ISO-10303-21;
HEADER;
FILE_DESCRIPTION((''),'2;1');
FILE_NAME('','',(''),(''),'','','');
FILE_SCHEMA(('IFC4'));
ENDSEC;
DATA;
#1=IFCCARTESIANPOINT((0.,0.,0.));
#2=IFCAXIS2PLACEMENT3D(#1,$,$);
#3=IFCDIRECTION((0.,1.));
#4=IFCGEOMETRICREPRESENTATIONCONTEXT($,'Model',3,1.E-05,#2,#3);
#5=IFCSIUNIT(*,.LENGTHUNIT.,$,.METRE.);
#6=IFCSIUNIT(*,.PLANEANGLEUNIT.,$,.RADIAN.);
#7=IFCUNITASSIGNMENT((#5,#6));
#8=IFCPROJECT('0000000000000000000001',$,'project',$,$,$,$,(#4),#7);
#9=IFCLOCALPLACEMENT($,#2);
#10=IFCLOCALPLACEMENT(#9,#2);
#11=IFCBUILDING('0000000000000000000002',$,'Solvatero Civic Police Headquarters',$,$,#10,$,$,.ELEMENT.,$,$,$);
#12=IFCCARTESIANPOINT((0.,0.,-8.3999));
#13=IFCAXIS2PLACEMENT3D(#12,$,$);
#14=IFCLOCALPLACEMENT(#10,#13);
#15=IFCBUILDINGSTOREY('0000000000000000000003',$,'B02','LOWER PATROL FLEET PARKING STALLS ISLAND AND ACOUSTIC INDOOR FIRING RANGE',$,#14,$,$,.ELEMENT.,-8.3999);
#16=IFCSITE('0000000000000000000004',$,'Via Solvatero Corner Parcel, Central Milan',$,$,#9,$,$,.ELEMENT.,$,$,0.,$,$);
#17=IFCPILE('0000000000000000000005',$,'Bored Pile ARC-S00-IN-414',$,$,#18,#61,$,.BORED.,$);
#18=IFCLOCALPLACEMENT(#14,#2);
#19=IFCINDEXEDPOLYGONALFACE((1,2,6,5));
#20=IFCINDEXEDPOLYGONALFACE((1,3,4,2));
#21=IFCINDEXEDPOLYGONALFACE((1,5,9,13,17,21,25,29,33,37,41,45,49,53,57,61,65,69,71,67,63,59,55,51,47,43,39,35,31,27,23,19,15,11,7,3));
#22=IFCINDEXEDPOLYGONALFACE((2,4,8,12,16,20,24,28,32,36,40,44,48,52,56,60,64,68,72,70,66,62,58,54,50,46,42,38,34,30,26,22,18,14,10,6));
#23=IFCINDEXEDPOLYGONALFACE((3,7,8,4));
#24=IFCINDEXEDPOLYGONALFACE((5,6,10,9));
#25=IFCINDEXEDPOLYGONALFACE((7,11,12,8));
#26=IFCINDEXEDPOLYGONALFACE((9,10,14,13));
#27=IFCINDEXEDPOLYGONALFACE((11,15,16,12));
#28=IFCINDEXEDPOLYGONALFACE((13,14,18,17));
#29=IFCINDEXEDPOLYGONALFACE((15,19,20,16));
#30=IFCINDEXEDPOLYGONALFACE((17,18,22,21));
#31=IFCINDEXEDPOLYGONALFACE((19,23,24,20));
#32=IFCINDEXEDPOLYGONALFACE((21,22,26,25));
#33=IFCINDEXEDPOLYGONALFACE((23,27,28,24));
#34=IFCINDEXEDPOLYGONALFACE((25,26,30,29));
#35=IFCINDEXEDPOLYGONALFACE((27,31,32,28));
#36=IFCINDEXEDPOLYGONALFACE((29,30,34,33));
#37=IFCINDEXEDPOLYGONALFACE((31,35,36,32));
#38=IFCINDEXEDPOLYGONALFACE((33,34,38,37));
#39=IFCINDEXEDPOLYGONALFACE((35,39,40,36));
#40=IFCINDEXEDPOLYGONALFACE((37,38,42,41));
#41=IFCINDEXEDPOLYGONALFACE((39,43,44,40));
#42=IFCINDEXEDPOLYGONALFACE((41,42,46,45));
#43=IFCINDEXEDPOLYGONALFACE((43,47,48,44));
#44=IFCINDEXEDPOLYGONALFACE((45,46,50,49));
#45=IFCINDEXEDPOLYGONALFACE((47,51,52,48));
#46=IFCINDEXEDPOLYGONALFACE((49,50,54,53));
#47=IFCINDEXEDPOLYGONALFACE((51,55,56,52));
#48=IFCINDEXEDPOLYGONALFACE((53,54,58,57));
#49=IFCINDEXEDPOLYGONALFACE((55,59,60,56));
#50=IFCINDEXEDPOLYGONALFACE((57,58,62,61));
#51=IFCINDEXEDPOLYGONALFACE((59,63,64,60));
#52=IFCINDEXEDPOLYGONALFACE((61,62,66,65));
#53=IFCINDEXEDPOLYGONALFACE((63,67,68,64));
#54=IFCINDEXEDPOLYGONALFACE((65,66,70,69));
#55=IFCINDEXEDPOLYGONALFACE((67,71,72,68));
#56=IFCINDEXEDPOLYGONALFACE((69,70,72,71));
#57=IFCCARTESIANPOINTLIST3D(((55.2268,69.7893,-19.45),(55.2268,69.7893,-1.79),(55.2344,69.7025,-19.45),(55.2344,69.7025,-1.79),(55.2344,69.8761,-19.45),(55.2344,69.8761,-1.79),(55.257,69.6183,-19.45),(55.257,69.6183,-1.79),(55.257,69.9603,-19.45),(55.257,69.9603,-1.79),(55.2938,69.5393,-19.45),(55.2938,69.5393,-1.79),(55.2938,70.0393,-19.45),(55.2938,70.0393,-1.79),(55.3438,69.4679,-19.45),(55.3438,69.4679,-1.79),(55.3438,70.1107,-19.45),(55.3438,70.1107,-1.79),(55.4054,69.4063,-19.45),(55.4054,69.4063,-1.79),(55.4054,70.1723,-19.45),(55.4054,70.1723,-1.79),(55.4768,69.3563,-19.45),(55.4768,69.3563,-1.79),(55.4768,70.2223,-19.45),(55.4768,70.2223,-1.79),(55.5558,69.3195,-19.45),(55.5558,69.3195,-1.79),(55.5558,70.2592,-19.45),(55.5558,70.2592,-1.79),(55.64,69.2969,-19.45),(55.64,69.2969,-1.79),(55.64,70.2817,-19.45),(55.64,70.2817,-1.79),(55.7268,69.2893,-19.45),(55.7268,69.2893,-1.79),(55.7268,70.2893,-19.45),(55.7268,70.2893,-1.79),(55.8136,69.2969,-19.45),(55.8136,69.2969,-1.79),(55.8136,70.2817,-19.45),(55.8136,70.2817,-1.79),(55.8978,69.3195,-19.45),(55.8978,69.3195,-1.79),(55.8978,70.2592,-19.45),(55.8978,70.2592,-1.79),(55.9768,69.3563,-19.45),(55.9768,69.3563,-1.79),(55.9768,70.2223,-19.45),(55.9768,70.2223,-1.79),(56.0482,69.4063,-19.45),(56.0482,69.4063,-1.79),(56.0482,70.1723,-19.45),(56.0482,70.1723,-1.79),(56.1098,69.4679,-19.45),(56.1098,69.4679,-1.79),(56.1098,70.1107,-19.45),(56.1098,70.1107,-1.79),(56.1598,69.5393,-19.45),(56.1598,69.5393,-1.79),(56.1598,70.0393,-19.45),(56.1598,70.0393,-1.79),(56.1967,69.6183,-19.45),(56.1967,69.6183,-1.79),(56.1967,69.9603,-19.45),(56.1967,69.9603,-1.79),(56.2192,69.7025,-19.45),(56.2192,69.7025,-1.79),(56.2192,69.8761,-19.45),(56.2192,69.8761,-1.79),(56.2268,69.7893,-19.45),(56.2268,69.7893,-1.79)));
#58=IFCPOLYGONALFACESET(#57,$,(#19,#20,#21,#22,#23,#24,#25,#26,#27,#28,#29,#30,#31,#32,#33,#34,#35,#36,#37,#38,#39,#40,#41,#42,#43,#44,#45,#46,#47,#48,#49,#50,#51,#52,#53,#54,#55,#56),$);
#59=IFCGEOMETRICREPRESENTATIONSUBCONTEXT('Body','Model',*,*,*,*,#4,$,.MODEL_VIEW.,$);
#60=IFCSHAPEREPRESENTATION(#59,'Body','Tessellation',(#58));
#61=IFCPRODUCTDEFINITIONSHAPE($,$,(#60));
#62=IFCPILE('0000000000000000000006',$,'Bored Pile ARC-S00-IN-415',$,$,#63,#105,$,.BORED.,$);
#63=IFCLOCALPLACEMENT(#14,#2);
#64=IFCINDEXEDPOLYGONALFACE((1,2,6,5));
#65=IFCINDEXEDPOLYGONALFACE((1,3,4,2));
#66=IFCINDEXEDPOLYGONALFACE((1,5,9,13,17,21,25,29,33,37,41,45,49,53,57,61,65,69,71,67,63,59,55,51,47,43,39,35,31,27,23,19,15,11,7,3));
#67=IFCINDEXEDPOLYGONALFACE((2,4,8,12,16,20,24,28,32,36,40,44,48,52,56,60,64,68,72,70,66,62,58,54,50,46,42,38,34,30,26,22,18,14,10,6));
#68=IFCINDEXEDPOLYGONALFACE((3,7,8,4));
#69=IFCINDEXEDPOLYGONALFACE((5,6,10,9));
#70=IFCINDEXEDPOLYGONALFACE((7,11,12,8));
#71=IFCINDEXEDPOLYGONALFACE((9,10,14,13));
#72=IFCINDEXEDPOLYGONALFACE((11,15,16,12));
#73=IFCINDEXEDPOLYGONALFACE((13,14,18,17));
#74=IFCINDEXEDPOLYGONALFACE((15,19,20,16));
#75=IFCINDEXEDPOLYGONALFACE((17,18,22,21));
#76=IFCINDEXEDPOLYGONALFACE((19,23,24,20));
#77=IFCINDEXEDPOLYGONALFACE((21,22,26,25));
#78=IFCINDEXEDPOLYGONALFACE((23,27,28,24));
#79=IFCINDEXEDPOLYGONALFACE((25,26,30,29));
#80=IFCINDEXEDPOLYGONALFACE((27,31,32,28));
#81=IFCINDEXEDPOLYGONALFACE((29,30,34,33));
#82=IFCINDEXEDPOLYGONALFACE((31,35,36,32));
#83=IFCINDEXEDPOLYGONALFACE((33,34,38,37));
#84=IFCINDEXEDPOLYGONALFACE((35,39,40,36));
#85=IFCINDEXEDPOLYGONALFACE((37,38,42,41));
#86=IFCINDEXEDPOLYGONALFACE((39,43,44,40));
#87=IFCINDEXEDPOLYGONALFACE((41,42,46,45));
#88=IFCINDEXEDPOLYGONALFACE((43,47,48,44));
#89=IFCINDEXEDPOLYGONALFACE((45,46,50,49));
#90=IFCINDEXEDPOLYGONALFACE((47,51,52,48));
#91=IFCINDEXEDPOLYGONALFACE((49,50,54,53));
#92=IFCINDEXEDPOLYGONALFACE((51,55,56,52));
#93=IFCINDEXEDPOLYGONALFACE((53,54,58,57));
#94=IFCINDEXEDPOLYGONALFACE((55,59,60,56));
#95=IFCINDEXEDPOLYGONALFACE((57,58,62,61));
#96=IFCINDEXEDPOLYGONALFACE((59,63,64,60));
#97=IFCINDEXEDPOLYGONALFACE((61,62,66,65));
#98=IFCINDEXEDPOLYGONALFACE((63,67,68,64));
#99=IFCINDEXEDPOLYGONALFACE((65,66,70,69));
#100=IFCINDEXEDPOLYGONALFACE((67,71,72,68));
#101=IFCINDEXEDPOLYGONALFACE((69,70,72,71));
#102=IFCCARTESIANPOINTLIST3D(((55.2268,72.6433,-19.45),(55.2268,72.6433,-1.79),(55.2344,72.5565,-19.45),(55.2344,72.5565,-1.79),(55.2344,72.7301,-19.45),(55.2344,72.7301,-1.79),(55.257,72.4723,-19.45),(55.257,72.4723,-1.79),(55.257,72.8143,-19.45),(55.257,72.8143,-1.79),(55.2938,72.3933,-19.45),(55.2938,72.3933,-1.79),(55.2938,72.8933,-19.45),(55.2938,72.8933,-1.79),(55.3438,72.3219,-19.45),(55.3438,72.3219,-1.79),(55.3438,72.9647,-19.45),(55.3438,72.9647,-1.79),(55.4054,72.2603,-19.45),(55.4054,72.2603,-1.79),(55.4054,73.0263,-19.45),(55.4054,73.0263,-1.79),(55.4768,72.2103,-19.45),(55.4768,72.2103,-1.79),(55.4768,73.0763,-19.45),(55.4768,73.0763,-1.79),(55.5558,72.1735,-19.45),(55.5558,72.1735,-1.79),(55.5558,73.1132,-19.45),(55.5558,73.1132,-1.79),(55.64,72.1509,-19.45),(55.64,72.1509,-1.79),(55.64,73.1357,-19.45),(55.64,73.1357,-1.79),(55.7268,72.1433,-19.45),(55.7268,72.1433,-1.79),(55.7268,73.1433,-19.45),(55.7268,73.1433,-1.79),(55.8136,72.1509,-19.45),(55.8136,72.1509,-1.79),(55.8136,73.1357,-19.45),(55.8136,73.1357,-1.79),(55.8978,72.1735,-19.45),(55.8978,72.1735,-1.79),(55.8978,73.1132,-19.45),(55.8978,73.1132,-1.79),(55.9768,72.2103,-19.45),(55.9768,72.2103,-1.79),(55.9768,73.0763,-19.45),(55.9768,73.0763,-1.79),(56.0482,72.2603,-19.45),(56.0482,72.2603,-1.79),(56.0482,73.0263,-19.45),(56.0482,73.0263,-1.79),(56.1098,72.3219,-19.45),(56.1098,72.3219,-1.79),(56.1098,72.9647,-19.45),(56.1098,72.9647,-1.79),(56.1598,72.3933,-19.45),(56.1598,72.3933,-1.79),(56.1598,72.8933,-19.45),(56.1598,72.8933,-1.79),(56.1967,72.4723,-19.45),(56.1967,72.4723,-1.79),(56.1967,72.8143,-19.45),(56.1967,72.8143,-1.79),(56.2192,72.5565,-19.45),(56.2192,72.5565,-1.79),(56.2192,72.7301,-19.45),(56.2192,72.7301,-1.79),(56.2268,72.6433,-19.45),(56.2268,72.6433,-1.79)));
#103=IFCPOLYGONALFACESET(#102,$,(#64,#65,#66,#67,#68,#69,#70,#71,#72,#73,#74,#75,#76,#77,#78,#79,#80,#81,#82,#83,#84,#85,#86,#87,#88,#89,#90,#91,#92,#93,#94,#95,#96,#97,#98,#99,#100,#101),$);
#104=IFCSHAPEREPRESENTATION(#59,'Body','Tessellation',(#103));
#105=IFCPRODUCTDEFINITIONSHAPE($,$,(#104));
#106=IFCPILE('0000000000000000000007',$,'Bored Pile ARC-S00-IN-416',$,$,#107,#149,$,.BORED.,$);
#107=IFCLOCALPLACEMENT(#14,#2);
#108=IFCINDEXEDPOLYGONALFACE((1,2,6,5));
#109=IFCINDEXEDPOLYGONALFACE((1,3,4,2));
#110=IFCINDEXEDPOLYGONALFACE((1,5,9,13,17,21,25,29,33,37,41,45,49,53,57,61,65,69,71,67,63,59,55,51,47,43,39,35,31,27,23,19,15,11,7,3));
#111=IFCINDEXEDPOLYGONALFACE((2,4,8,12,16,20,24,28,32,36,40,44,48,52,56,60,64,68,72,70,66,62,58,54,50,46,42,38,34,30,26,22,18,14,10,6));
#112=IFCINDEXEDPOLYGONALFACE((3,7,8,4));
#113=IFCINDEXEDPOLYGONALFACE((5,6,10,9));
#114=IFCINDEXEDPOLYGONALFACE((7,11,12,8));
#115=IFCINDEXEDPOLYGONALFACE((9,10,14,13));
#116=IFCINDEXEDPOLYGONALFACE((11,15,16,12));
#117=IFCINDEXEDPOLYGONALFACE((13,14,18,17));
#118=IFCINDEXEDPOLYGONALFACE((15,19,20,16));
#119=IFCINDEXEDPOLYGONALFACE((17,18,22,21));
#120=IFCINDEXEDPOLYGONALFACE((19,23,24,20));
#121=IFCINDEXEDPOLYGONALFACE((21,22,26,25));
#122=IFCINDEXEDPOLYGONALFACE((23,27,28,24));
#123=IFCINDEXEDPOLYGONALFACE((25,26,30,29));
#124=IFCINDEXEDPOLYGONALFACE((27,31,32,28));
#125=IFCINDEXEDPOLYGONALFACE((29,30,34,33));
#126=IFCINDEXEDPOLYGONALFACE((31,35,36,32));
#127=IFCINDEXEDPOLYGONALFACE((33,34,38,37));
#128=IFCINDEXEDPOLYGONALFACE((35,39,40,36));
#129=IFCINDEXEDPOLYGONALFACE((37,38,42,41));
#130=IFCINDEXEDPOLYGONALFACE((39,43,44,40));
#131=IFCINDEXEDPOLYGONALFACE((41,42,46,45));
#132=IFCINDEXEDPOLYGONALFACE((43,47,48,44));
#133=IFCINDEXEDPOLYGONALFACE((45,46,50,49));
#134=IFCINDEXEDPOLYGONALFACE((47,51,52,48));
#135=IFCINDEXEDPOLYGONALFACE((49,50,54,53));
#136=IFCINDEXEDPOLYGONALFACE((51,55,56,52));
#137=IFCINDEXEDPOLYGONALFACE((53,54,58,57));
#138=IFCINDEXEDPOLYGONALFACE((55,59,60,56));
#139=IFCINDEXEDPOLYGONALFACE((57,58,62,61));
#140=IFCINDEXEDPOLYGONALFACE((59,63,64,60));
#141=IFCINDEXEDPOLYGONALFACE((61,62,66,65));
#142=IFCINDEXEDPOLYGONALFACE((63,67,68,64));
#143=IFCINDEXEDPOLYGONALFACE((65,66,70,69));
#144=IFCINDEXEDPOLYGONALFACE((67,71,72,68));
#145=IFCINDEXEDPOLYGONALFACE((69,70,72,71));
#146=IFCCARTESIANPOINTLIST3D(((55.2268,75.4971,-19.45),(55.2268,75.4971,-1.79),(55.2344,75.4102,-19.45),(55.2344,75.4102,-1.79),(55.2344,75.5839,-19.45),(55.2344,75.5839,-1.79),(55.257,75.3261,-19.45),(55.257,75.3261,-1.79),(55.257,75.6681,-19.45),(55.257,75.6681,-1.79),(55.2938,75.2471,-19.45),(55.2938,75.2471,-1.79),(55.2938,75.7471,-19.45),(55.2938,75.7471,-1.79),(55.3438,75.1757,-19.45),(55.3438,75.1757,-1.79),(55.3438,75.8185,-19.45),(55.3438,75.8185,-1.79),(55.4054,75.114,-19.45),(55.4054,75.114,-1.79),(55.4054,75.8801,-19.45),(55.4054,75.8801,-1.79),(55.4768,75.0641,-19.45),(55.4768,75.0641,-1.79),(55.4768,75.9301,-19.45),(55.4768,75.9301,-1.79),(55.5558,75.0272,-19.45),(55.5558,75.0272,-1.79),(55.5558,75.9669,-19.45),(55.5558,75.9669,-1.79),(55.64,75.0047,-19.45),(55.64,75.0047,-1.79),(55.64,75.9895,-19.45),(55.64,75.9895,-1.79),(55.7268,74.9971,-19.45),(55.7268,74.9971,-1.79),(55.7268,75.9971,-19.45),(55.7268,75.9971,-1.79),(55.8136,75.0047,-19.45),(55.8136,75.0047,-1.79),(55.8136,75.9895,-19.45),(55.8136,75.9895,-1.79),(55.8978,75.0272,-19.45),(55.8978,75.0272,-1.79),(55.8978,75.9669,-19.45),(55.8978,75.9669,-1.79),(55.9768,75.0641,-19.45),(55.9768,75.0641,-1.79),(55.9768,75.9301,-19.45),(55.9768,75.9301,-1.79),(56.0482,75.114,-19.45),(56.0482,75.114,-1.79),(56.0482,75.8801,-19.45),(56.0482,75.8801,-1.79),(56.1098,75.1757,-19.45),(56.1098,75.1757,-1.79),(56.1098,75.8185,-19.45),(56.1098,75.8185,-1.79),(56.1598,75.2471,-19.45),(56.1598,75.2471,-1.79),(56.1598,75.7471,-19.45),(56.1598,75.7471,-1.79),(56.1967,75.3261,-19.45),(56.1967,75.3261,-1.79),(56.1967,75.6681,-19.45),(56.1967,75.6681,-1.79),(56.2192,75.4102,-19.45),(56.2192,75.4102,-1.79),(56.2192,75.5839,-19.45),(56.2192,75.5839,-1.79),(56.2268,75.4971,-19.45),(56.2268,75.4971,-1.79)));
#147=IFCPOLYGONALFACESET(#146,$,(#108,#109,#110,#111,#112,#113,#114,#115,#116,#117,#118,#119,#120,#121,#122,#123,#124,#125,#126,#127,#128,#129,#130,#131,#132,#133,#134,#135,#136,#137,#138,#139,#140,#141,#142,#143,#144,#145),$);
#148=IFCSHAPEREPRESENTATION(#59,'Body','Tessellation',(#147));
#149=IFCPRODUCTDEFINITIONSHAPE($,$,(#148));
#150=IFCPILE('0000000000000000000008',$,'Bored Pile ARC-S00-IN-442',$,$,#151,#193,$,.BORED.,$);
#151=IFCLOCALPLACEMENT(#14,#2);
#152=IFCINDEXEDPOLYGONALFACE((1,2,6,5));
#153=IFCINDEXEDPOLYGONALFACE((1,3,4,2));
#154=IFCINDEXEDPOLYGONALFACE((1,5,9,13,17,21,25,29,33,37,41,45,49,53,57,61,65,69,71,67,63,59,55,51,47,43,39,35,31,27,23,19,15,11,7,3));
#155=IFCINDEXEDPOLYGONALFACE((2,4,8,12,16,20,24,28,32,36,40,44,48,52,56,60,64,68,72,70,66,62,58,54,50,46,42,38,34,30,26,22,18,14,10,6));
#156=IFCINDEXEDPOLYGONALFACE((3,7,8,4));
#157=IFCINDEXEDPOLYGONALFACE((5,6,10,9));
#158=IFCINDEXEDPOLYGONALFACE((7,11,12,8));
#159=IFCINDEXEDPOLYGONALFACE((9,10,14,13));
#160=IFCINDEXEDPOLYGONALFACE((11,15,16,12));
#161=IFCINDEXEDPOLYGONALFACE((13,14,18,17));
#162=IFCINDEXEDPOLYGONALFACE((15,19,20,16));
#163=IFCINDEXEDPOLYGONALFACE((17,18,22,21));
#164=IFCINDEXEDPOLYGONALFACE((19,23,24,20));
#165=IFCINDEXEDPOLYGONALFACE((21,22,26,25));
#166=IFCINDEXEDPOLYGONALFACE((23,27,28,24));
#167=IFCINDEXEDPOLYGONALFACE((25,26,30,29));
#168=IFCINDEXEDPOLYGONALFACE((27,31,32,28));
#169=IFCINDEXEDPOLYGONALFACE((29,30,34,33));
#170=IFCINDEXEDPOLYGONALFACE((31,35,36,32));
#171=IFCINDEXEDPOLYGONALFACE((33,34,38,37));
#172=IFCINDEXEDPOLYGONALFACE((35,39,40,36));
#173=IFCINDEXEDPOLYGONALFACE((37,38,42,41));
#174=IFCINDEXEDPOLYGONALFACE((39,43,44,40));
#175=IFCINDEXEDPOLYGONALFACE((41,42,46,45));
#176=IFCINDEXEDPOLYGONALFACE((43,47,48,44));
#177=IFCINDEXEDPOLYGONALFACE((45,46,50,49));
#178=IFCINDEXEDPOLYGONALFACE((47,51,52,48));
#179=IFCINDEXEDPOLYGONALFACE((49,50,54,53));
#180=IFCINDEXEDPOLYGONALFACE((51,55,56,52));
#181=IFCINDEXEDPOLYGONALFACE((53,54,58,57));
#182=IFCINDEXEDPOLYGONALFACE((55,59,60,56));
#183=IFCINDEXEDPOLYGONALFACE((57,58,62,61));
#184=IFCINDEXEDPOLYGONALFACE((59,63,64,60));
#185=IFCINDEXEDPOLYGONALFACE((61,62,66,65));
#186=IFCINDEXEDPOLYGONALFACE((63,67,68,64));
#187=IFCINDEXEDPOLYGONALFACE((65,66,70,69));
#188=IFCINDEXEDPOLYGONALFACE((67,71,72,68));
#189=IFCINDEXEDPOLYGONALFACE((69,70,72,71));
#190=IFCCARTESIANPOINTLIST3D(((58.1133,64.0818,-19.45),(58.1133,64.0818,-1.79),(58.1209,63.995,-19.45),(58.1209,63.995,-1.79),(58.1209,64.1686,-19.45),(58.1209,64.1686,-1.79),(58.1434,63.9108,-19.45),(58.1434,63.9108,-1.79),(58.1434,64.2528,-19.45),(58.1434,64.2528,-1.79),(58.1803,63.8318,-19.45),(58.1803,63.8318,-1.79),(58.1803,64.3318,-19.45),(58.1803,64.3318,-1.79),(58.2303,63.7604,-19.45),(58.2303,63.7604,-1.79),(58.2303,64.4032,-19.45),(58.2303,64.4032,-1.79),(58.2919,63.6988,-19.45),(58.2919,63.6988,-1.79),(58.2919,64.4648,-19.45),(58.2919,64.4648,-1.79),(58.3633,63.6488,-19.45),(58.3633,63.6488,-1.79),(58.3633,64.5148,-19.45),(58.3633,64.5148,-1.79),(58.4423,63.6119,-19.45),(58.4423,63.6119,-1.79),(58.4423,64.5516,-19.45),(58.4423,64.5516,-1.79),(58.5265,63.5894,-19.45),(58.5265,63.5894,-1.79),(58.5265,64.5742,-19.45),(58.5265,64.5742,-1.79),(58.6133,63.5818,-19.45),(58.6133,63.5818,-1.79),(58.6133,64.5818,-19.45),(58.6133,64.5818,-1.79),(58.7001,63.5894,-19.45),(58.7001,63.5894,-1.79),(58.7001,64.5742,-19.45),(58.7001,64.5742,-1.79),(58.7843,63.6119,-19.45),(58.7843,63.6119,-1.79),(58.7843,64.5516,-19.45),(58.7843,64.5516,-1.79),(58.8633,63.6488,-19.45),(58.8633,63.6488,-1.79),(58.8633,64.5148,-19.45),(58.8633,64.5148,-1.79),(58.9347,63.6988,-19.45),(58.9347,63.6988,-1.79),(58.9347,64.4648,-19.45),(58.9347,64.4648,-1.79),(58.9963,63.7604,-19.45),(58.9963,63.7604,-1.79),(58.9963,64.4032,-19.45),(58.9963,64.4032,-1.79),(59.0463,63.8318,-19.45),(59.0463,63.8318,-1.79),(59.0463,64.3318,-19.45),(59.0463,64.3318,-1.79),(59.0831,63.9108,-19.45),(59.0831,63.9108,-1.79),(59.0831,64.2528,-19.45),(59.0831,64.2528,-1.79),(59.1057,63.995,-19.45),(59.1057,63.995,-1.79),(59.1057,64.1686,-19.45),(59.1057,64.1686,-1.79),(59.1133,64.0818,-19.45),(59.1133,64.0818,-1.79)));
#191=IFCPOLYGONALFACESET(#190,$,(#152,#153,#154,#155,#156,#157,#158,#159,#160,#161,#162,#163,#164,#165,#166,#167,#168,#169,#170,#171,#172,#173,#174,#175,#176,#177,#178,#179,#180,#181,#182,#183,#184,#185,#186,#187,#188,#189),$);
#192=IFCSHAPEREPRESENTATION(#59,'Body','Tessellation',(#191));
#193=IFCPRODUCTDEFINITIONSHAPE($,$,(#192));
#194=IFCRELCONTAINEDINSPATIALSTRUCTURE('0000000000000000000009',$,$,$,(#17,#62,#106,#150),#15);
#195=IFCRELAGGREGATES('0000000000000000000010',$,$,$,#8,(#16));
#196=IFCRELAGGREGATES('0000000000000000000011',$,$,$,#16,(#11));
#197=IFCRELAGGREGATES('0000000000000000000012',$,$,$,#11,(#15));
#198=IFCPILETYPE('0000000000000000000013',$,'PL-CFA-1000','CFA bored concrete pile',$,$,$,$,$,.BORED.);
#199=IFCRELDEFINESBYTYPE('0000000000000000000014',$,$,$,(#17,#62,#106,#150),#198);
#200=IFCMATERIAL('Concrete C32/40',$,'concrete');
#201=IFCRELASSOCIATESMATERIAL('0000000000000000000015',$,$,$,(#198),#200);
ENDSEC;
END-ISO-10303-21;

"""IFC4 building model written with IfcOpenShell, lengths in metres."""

from ifc_helpers import new_model, si_unit, direction, frame, origin, origin_2d, place, context, subcontext, project, spatial, circle, extrude, material, material_profile, profile_set, type_object, element, save


model = new_model("IFC4")

# Units and contexts
model_context = context("Model", 3, precision=1e-05, world=origin(), true_north=direction((0.0, 1.0)))
body_context = subcontext(model_context, "Body", "Model", "MODEL_VIEW")
ifc_project = project(units=[si_unit("LENGTHUNIT", "METRE"), si_unit("PLANEANGLEUNIT", "RADIAN")], contexts=[model_context])

# Site, building, storey
site_placement = place(None, origin())
site = spatial("IfcSite", under=ifc_project, at=site_placement, Name="Via Solvatero Corner Parcel, Central Milan", CompositionType="ELEMENT", RefElevation=0.0)
building_placement = place(site_placement, origin())
building = spatial("IfcBuilding", under=site, at=building_placement, Name="Solvatero Civic Police Headquarters", CompositionType="ELEMENT")
storey_placement = place(building_placement, frame((0.0, 0.0, -8.3999)))
storey = spatial("IfcBuildingStorey", under=building, at=storey_placement, Name="B02", Description="LOWER PATROL FLEET PARKING STALLS ISLAND AND ACOUSTIC INDOOR FIRING RANGE", CompositionType="ELEMENT", Elevation=-8.3999)

# Piles
ifc_material_1 = material(Name="Concrete C32/40", Category="concrete")
ifc_material_profile_1 = material_profile(ifc_material_1, circle(Radius=0.5, at=origin_2d()), Name="CFA PILE D1000")
ifc_profile_set_1 = profile_set([ifc_material_profile_1], Name="Concrete C32/40")
pile_type = type_object("IfcPileType", Name="PL-CFA-1000", Description="CFA bored concrete pile", PredefinedType="BORED", material=ifc_profile_set_1)
for number, where, z_axis, x_axis, name in (
    (1, (55.7268, 69.7893, -1.79), (0.0, 0.0, -1.0), (1.0, 0.0, 0.0), "Bored Pile ARC-S00-IN-414"),
    (2, (55.7268, 72.6433, -1.79), (0.0, 0.0, -1.0), (1.0, 0.0, 0.0), "Bored Pile ARC-S00-IN-415"),
    (3, (55.7268, 75.4971, -1.79), (0.0, 0.0, -1.0), (1.0, 0.0, 0.0), "Bored Pile ARC-S00-IN-416"),
    (4, (58.6133, 64.0818, -1.79), (0.0, 0.0, -1.0), (1.0, 0.0, 0.0), "Bored Pile ARC-S00-IN-442"),
):
    element("IfcPile", number, at=place(storey_placement, frame(where, z_axis=z_axis, x_axis=x_axis)), inside=storey, type_object=pile_type, Name=name, PredefinedType="BORED", context=body_context, shape_type="SweptSolid", body=[
        extrude(circle(Radius=0.5, at=origin_2d()), origin(), (0.0, 0.0, 1.0), 17.6599),
    ])

save(model, "model.ifc")
